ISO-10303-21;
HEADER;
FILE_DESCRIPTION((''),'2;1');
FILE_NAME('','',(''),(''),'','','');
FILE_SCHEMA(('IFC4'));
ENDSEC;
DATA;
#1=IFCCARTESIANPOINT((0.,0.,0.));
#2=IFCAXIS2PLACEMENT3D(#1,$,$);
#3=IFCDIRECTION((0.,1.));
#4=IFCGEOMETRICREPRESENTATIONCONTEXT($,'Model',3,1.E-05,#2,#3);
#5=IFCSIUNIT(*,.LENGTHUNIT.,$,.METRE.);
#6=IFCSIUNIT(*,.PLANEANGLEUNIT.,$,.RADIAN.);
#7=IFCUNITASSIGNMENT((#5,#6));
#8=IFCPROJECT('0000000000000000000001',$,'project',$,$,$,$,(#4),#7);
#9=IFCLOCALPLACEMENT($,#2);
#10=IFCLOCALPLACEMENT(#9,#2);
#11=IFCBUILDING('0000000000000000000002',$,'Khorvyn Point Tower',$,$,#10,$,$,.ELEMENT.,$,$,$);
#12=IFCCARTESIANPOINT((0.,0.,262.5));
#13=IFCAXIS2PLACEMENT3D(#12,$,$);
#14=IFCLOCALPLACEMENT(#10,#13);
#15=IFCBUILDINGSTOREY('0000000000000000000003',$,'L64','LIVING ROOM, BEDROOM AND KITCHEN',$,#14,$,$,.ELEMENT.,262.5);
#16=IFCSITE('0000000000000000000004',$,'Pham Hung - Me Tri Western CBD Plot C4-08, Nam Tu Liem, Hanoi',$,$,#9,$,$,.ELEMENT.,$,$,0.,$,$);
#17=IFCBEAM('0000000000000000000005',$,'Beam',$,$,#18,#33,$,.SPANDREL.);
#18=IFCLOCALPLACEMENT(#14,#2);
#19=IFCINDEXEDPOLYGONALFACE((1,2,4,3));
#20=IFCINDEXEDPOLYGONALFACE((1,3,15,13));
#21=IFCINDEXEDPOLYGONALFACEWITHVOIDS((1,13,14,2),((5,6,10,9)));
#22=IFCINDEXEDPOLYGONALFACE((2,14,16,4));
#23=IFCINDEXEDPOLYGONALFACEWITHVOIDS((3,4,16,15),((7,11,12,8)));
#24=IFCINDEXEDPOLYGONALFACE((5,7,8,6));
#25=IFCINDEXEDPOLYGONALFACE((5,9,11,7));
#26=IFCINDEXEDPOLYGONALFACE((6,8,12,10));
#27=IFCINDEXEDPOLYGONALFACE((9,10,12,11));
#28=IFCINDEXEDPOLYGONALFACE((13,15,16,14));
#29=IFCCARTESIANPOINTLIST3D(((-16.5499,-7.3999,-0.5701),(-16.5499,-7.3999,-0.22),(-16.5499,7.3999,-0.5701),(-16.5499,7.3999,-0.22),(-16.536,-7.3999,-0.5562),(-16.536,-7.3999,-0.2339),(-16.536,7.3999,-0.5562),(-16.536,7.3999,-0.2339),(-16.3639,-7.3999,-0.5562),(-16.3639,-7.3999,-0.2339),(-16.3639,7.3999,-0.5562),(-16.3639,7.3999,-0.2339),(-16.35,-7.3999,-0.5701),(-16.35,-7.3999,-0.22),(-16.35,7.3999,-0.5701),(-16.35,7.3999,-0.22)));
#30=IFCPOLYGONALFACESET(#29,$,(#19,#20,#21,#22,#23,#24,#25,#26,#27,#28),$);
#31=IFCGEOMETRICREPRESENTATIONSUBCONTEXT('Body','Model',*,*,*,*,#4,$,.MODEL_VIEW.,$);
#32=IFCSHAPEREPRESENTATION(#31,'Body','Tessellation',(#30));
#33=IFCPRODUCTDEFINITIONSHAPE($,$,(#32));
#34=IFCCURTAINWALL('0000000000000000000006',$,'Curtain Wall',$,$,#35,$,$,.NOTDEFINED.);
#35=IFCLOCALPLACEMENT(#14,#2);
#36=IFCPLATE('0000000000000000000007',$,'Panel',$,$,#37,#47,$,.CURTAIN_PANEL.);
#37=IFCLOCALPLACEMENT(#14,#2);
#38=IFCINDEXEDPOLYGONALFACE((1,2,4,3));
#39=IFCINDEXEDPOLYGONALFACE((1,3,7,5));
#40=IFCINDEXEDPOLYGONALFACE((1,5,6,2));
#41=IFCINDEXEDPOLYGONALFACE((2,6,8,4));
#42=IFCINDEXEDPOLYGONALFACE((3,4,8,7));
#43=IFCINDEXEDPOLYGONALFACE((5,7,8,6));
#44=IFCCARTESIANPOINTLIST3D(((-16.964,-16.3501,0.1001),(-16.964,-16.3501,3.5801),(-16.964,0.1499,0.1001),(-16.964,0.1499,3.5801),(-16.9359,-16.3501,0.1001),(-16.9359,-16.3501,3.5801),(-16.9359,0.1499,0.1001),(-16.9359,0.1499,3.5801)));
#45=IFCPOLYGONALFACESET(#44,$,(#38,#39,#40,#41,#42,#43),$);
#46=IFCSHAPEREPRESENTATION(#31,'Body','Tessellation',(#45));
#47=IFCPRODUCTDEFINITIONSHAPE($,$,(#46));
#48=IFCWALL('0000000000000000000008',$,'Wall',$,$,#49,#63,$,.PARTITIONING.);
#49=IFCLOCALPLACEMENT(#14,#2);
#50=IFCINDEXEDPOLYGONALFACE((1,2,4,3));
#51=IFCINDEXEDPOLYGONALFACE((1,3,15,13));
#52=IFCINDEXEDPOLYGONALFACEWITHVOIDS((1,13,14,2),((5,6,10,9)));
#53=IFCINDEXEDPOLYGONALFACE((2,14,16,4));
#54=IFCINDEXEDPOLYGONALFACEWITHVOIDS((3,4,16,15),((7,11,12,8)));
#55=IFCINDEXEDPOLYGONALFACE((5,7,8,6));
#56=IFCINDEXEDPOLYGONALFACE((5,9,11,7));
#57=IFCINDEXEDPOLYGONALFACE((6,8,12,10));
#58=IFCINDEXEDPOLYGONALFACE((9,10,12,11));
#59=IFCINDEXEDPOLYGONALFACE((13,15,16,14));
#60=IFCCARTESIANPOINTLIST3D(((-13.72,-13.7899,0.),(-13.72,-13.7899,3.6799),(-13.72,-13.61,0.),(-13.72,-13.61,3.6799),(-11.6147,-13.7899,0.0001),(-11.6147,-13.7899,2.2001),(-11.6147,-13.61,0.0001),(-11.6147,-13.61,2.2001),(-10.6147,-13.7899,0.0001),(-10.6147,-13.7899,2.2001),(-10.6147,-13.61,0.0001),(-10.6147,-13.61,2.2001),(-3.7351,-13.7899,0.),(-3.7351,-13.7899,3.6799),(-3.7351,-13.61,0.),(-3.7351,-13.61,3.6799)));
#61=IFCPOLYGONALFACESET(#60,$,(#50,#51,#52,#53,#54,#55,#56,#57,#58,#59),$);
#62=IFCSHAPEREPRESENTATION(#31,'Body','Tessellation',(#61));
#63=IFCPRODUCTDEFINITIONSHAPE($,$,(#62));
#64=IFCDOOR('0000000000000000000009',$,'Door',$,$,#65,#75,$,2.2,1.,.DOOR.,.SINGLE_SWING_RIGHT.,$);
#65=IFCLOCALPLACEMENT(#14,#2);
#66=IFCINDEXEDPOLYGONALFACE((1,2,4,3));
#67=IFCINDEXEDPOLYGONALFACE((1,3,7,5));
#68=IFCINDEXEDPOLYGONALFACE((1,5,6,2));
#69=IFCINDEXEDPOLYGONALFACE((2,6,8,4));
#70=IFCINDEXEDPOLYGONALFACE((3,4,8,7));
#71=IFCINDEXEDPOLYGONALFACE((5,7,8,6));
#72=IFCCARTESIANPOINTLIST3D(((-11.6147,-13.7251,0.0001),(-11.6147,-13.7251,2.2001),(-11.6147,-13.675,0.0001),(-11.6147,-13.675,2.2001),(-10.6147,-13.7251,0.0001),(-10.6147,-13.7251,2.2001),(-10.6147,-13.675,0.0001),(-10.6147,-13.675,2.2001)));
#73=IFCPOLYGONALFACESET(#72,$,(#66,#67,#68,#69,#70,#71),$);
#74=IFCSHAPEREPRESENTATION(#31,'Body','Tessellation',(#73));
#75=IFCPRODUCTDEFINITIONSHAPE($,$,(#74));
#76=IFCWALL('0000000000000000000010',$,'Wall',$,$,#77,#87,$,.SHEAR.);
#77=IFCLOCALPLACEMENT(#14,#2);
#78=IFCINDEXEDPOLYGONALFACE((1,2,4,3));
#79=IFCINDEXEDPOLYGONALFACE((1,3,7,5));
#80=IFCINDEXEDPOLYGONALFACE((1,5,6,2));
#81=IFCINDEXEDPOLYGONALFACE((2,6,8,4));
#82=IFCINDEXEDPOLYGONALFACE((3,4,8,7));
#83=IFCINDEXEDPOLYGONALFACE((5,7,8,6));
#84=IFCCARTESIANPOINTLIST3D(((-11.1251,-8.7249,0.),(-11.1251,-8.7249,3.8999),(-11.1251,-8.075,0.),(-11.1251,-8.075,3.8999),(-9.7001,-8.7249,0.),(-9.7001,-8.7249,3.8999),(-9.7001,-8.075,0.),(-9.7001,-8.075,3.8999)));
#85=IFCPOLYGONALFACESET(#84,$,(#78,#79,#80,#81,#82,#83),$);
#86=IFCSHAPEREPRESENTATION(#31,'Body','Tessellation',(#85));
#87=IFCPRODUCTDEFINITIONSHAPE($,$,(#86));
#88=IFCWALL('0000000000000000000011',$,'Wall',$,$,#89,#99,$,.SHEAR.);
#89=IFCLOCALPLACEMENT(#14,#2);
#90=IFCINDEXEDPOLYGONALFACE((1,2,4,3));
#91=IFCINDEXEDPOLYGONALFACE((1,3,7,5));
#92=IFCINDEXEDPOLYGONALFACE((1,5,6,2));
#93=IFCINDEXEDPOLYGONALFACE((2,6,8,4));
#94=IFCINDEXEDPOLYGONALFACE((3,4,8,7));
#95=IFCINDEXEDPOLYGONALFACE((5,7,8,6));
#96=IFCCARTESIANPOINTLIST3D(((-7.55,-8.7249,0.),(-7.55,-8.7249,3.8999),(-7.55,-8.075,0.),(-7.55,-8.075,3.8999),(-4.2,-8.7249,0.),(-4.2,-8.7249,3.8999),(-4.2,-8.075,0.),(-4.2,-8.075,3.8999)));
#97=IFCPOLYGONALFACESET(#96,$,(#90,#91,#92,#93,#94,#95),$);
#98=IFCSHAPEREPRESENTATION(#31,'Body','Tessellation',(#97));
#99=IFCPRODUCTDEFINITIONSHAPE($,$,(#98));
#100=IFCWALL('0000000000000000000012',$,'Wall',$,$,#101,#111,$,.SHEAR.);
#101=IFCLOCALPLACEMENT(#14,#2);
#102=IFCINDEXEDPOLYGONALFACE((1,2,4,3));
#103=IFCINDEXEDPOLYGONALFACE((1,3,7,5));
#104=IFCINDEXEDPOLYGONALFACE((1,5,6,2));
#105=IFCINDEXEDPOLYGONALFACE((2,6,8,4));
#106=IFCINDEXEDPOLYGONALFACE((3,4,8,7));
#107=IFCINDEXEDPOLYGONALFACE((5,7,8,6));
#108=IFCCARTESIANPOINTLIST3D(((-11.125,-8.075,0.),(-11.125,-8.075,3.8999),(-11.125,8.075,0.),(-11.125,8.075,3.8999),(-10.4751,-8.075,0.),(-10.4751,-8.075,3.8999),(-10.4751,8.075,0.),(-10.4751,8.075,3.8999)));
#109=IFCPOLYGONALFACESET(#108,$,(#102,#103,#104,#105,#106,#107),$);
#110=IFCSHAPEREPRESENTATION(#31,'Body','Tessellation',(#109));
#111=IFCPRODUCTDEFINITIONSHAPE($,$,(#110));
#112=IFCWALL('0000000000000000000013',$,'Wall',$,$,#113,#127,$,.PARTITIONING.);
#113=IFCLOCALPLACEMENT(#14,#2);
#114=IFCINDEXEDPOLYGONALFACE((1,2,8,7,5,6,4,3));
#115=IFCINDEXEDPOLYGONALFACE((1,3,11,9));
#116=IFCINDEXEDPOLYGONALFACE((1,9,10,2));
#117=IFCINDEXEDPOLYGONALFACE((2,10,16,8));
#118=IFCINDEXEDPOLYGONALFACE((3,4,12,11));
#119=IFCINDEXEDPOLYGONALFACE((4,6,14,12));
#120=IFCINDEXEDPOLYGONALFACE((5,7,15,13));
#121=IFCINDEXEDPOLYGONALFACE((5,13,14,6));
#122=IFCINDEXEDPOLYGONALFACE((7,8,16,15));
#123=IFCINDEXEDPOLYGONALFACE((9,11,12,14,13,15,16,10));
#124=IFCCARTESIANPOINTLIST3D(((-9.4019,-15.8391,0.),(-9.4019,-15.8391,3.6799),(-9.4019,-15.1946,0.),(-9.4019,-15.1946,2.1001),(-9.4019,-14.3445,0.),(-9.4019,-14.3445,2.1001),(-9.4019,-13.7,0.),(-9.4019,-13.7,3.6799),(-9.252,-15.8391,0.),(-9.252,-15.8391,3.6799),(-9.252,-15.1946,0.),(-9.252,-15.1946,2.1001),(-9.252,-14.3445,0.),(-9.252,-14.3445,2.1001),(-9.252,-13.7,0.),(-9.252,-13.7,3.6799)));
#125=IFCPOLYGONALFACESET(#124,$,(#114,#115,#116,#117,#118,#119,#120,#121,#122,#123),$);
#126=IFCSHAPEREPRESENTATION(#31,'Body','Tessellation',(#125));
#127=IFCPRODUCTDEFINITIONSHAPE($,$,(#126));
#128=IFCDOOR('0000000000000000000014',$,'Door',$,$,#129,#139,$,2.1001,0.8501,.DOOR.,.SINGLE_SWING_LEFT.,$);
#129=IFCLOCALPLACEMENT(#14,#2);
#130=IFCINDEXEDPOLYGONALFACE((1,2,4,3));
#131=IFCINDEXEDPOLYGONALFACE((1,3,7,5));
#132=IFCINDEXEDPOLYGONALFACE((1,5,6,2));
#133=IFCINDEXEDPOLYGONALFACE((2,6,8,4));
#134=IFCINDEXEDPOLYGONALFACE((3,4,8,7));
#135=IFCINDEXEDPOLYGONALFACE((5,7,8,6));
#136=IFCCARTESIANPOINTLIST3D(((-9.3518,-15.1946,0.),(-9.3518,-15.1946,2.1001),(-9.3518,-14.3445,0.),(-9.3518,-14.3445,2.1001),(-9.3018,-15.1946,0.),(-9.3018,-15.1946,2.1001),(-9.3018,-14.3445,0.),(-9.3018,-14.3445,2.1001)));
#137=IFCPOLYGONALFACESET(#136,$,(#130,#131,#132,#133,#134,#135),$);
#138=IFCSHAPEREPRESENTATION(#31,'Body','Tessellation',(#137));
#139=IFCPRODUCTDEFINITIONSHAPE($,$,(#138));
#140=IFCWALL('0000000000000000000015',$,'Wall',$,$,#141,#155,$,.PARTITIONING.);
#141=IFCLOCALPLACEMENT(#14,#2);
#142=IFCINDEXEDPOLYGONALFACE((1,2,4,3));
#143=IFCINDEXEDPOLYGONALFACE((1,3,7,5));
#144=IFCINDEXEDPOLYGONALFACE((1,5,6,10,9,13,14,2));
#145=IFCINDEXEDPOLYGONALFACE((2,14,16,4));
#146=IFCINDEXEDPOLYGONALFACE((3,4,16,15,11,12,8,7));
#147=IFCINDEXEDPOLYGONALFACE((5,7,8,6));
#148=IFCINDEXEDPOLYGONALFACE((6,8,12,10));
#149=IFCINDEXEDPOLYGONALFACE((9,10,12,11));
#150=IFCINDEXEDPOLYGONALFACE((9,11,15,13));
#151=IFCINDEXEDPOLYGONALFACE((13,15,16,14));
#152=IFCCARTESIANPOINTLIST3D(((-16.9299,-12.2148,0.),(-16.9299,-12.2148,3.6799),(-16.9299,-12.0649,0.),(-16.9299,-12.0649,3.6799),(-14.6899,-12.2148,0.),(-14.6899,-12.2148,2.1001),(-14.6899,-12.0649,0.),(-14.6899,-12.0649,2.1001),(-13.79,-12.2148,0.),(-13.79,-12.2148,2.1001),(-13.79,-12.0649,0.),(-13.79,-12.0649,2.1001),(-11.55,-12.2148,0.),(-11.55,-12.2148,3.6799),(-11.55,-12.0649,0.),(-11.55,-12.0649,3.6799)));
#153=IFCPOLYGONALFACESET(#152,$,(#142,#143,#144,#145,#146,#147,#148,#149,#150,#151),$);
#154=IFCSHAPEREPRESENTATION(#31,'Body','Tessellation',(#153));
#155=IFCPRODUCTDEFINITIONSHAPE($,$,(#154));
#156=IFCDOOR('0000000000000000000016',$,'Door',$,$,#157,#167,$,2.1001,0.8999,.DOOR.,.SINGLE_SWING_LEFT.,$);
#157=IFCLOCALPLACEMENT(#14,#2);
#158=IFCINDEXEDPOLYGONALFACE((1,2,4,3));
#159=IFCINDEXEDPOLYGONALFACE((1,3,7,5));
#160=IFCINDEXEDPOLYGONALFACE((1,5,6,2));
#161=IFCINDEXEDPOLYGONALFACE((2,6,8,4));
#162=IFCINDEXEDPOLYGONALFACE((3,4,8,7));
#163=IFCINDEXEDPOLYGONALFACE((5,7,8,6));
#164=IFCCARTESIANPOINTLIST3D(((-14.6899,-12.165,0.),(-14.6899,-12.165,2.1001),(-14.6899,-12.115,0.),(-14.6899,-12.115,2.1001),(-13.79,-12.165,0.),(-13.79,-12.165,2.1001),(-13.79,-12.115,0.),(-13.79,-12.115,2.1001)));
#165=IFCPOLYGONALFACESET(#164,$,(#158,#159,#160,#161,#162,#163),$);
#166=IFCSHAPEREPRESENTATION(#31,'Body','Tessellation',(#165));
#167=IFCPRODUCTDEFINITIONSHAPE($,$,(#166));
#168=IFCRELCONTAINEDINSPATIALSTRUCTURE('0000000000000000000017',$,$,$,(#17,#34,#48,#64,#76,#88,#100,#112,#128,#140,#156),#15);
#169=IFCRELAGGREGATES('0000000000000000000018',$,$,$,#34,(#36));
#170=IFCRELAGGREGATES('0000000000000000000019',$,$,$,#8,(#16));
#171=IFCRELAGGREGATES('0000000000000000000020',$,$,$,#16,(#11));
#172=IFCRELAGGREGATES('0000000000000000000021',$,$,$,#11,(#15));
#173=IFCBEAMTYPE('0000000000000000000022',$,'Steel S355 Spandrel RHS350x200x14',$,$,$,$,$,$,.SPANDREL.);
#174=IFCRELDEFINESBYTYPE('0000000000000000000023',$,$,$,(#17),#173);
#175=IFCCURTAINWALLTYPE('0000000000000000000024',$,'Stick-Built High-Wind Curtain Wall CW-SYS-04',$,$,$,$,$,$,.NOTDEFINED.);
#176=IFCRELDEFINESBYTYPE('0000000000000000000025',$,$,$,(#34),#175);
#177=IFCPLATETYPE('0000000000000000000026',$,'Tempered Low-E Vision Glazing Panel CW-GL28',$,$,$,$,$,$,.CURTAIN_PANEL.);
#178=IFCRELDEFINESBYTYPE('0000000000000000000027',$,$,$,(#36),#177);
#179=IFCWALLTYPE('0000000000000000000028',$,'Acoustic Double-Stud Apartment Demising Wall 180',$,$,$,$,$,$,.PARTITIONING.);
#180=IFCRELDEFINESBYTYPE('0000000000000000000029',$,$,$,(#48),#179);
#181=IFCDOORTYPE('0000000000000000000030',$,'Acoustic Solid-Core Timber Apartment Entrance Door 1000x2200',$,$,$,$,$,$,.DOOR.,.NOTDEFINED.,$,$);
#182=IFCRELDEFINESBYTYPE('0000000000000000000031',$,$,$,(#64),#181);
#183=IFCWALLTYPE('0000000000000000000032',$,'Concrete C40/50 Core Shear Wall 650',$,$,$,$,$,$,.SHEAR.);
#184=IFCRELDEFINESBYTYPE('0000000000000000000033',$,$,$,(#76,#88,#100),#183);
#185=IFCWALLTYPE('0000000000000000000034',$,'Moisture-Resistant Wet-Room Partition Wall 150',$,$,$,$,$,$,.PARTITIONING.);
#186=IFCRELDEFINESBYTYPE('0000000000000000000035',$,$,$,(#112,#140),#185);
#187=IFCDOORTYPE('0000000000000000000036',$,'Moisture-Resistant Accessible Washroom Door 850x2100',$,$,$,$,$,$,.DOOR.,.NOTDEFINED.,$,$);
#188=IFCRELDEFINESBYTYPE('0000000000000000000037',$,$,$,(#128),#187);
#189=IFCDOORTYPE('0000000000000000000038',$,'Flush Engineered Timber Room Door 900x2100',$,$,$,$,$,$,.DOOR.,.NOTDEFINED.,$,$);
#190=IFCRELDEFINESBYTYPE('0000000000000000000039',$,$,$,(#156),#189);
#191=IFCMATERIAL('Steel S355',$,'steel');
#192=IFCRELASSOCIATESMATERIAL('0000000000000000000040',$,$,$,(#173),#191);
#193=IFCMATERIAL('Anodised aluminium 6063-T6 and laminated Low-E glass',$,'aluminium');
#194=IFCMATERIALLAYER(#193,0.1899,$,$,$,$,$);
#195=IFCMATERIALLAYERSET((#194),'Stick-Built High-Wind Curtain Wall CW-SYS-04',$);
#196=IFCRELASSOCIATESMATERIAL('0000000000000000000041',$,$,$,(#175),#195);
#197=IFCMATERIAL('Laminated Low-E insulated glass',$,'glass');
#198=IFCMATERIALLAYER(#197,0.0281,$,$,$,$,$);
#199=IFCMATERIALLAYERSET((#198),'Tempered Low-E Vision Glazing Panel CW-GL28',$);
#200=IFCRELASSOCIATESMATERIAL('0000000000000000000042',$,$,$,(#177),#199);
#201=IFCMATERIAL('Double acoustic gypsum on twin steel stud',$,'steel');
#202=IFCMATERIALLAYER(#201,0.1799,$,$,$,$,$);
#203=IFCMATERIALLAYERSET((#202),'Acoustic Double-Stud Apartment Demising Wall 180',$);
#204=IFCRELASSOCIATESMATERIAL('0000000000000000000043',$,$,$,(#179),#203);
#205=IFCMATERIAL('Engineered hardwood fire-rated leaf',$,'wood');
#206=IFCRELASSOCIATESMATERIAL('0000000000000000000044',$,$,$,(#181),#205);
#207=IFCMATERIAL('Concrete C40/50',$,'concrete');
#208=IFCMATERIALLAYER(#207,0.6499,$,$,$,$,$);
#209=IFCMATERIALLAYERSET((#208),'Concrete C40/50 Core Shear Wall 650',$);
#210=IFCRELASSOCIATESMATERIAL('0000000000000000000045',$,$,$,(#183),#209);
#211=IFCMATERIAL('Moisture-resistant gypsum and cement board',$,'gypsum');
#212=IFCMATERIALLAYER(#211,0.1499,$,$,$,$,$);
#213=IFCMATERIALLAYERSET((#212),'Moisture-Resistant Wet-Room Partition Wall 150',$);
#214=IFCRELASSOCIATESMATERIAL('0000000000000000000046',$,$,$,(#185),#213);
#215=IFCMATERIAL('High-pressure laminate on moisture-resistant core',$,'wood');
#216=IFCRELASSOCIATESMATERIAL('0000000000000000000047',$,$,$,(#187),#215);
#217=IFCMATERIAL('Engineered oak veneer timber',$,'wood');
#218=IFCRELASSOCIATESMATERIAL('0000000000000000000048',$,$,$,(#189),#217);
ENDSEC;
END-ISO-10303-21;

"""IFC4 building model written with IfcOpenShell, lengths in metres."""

from ifc_helpers import new_model, si_unit, direction, frame, frame_2d, origin, origin_2d, place, context, subcontext, project, spatial, rectangle, hollow_rectangle, extrude, material, layer, layer_set, material_profile, profile_set, type_object, element, fill, aggregate, save


model = new_model("IFC4")

# Units and contexts
model_context = context("Model", 3, precision=1e-05, world=origin(), true_north=direction((0.0, 1.0)))
body_context = subcontext(model_context, "Body", "Model", "MODEL_VIEW")
ifc_project = project(units=[si_unit("LENGTHUNIT", "METRE"), si_unit("PLANEANGLEUNIT", "RADIAN")], contexts=[model_context])

# Site, building, storey
site_placement = place(None, origin())
site = spatial("IfcSite", under=ifc_project, at=site_placement, Name="Pham Hung - Me Tri Western CBD Plot C4-08, Nam Tu Liem, Hanoi", CompositionType="ELEMENT", RefElevation=0.0)
building_placement = place(site_placement, origin())
building = spatial("IfcBuilding", under=site, at=building_placement, Name="Khorvyn Point Tower", CompositionType="ELEMENT")
storey_placement = place(building_placement, frame((0.0, 0.0, 262.5)))
storey = spatial("IfcBuildingStorey", under=building, at=storey_placement, Name="L64", Description="LIVING ROOM, BEDROOM AND KITCHEN", CompositionType="ELEMENT", Elevation=262.5)

# Shared definitions
ifc_material_1 = material(Name="Concrete C40/50", Category="concrete")
ifc_material_2 = material(Name="Steel S355", Category="steel")

# Beam
ifc_material_profile_1 = material_profile(ifc_material_2, hollow_rectangle(XDim=0.2, YDim=0.3501, WallThickness=0.0139, at=origin_2d()))
ifc_profile_set_1 = profile_set([ifc_material_profile_1], Name="Steel S355 RHS350x200x14")
beam_type_1 = type_object("IfcBeamType", Name="Steel S355 Spandrel RHS350x200x14", PredefinedType="SPANDREL", material=ifc_profile_set_1)
beam_1_placement = place(storey_placement, frame((-16.45, -7.3999, -0.395), z_axis=(0.0, 1.0, 0.0), x_axis=(-1.0, 0.0, 0.0)))
element("IfcBeam", 1, at=beam_1_placement, inside=storey, type_object=beam_type_1, Name="Beam", PredefinedType="SPANDREL", context=body_context, shape_type="SweptSolid", body=[
    extrude(hollow_rectangle(XDim=0.2, YDim=0.3501, WallThickness=0.0139, at=origin_2d()), origin(), (0.0, 0.0, 1.0), 14.7998),
])

# Curtain wall, plate
ifc_material_3 = material(Name="Anodised aluminium 6063-T6 and laminated Low-E glass", Category="aluminium")
ifc_layer_1 = layer(ifc_material_3, 0.1899)
ifc_layer_set_1 = layer_set([ifc_layer_1], Name="Stick-Built High-Wind Curtain Wall CW-SYS-04")
curtain_wall_type = type_object("IfcCurtainWallType", Name="Stick-Built High-Wind Curtain Wall CW-SYS-04", PredefinedType="NOTDEFINED", material=ifc_layer_set_1)
curtain_wall_placement = place(storey_placement, origin())
curtain_wall = element("IfcCurtainWall", 2, at=curtain_wall_placement, inside=storey, type_object=curtain_wall_type, Name="Curtain Wall", PredefinedType="NOTDEFINED")
ifc_material_4 = material(Name="Laminated Low-E insulated glass", Category="glass")
ifc_layer_2 = layer(ifc_material_4, 0.0281)
ifc_layer_set_2 = layer_set([ifc_layer_2], Name="Tempered Low-E Vision Glazing Panel CW-GL28")
plate_type = type_object("IfcPlateType", Name="Tempered Low-E Vision Glazing Panel CW-GL28", PredefinedType="CURTAIN_PANEL", material=ifc_layer_set_2)
plate_placement = place(storey_placement, frame((-16.95, -8.1001, 0.1001), z_axis=(0.0, 0.0, 1.0), x_axis=(0.0, 1.0, 0.0)))
plate = element("IfcPlate", 3, at=plate_placement, type_object=plate_type, Name="Panel", PredefinedType="CURTAIN_PANEL", context=body_context, shape_type="SweptSolid", body=[
    extrude(rectangle(XDim=16.5, YDim=0.0281, at=origin_2d()), origin(), (0.0, 0.0, 1.0), 3.48),
])
aggregate(curtain_wall, [plate])

# Wall, opening, door
ifc_material_5 = material(Name="Double acoustic gypsum on twin steel stud", Category="steel")
ifc_layer_3 = layer(ifc_material_5, 0.1799)
ifc_layer_set_3 = layer_set([ifc_layer_3], Name="Acoustic Double-Stud Apartment Demising Wall 180")
wall_type_1 = type_object("IfcWallType", Name="Acoustic Double-Stud Apartment Demising Wall 180", PredefinedType="PARTITIONING", material=ifc_layer_set_3)
wall_1_placement = place(storey_placement, frame((-13.72, -13.7, 0.0), z_axis=(0.0, 0.0, 1.0), x_axis=(1.0, 0.0, 0.0)))
wall_1 = element("IfcWall", 4, at=wall_1_placement, inside=storey, type_object=wall_type_1, Name="Wall", PredefinedType="PARTITIONING", context=body_context, shape_type="SweptSolid", body=[
    extrude(rectangle(XDim=9.9849, YDim=0.1799, at=frame_2d((4.9924, 0.0))), origin(), (0.0, 0.0, 1.0), 3.6799),
])
opening_1_placement = place(wall_1_placement, frame((2.1052, 0.0, 0.0)))
opening_1 = element("IfcOpeningElement", 5, at=opening_1_placement, cuts=wall_1, PredefinedType="OPENING", context=body_context, shape_type="SweptSolid", body=[
    extrude(rectangle(XDim=1.0, YDim=2.2, at=frame_2d((0.5, 1.1001))), frame((0.0, 0.0999, 0.0), z_axis=(0.0, -1.0, 0.0), x_axis=(1.0, 0.0, 0.0)), (0.0, 0.0, 1.0), 0.2),
])
ifc_material_6 = material(Name="Engineered hardwood fire-rated leaf", Category="wood")
door_type_1 = type_object("IfcDoorType", Name="Acoustic Solid-Core Timber Apartment Entrance Door 1000x2200", OperationType="NOTDEFINED", PredefinedType="DOOR", material=ifc_material_6)
door_1_placement = place(opening_1_placement, origin())
door_1 = element("IfcDoor", 6, at=door_1_placement, inside=storey, type_object=door_type_1, Name="Door", OperationType="SINGLE_SWING_RIGHT", OverallHeight=2.2, OverallWidth=1.0, PredefinedType="DOOR", context=body_context, shape_type="SweptSolid", body=[
    extrude(rectangle(XDim=1.0, YDim=2.2, at=frame_2d((0.5, 1.1001))), frame((0.0, 0.0249, 0.0), z_axis=(0.0, -1.0, 0.0), x_axis=(1.0, 0.0, 0.0)), (0.0, 0.0, 1.0), 0.05),
])
fill(opening_1, door_1)

# Walls
ifc_layer_4 = layer(ifc_material_1, 0.6499)
ifc_layer_set_4 = layer_set([ifc_layer_4], Name="Concrete C40/50 Core Shear Wall 650")
wall_type_2 = type_object("IfcWallType", Name="Concrete C40/50 Core Shear Wall 650", PredefinedType="SHEAR", material=ifc_layer_set_4)
wall_2_placement = place(storey_placement, frame((-11.125, -8.3999, 0.0), z_axis=(0.0, 0.0, 1.0), x_axis=(1.0, 0.0, 0.0)))
element("IfcWall", 7, at=wall_2_placement, inside=storey, type_object=wall_type_2, Name="Wall", PredefinedType="SHEAR", context=body_context, shape_type="SweptSolid", body=[
    extrude(rectangle(XDim=1.425, YDim=0.6499, at=frame_2d((0.7124, 0.0))), origin(), (0.0, 0.0, 1.0), 3.8999),
])
wall_3_placement = place(storey_placement, frame((-7.55, -8.3999, 0.0), z_axis=(0.0, 0.0, 1.0), x_axis=(1.0, 0.0, 0.0)))
element("IfcWall", 8, at=wall_3_placement, inside=storey, type_object=wall_type_2, Name="Wall", PredefinedType="SHEAR", context=body_context, shape_type="SweptSolid", body=[
    extrude(rectangle(XDim=3.3501, YDim=0.6499, at=frame_2d((1.675, 0.0))), origin(), (0.0, 0.0, 1.0), 3.8999),
])
wall_4_placement = place(storey_placement, frame((-10.8, -8.075, 0.0), z_axis=(0.0, 0.0, 1.0), x_axis=(0.0, 1.0, 0.0)))
element("IfcWall", 9, at=wall_4_placement, inside=storey, type_object=wall_type_2, Name="Wall", PredefinedType="SHEAR", context=body_context, shape_type="SweptSolid", body=[
    extrude(rectangle(XDim=16.1499, YDim=0.6499, at=frame_2d((8.075, 0.0))), origin(), (0.0, 0.0, 1.0), 3.8999),
])

# Walls, openings, doors
ifc_material_7 = material(Name="Moisture-resistant gypsum and cement board", Category="gypsum")
ifc_layer_5 = layer(ifc_material_7, 0.1499)
ifc_layer_set_5 = layer_set([ifc_layer_5], Name="Moisture-Resistant Wet-Room Partition Wall 150")
wall_type_3 = type_object("IfcWallType", Name="Moisture-Resistant Wet-Room Partition Wall 150", PredefinedType="PARTITIONING", material=ifc_layer_set_5)
wall_5_placement = place(storey_placement, frame((-9.3269, -15.8391, 0.0), z_axis=(0.0, 0.0, 1.0), x_axis=(0.0, 1.0, 0.0)))
wall_5 = element("IfcWall", 10, at=wall_5_placement, inside=storey, type_object=wall_type_3, Name="Wall", PredefinedType="PARTITIONING", context=body_context, shape_type="SweptSolid", body=[
    extrude(rectangle(XDim=2.1392, YDim=0.1499, at=frame_2d((1.0696, 0.0))), origin(), (0.0, 0.0, 1.0), 3.6799),
])
opening_2_placement = place(wall_5_placement, frame((0.6445, 0.0, 0.0)))
opening_2 = element("IfcOpeningElement", 11, at=opening_2_placement, cuts=wall_5, PredefinedType="OPENING", context=body_context, shape_type="SweptSolid", body=[
    extrude(rectangle(XDim=0.8501, YDim=2.1001, at=frame_2d((0.425, 1.05))), frame((0.0, 0.085, 0.0), z_axis=(0.0, -1.0, 0.0), x_axis=(1.0, 0.0, 0.0)), (0.0, 0.0, 1.0), 0.1699),
])
ifc_material_8 = material(Name="High-pressure laminate on moisture-resistant core", Category="wood")
door_type_2 = type_object("IfcDoorType", Name="Moisture-Resistant Accessible Washroom Door 850x2100", OperationType="NOTDEFINED", PredefinedType="DOOR", material=ifc_material_8)
door_2_placement = place(opening_2_placement, origin())
door_2 = element("IfcDoor", 12, at=door_2_placement, inside=storey, type_object=door_type_2, Name="Door", OperationType="SINGLE_SWING_LEFT", OverallHeight=2.1001, OverallWidth=0.8501, PredefinedType="DOOR", context=body_context, shape_type="SweptSolid", body=[
    extrude(rectangle(XDim=0.8501, YDim=2.1001, at=frame_2d((0.425, 1.05))), frame((0.0, 0.0249, 0.0), z_axis=(0.0, -1.0, 0.0), x_axis=(1.0, 0.0, 0.0)), (0.0, 0.0, 1.0), 0.05),
])
fill(opening_2, door_2)
wall_6_placement = place(storey_placement, frame((-16.9299, -12.1399, 0.0), z_axis=(0.0, 0.0, 1.0), x_axis=(1.0, 0.0, 0.0)))
wall_6 = element("IfcWall", 13, at=wall_6_placement, inside=storey, type_object=wall_type_3, Name="Wall", PredefinedType="PARTITIONING", context=body_context, shape_type="SweptSolid", body=[
    extrude(rectangle(XDim=5.3799, YDim=0.1499, at=frame_2d((2.6899, 0.0))), origin(), (0.0, 0.0, 1.0), 3.6799),
])
opening_3_placement = place(wall_6_placement, frame((2.24, 0.0, 0.0)))
opening_3 = element("IfcOpeningElement", 14, at=opening_3_placement, cuts=wall_6, PredefinedType="OPENING", context=body_context, shape_type="SweptSolid", body=[
    extrude(rectangle(XDim=0.8999, YDim=2.1001, at=frame_2d((0.45, 1.05))), frame((0.0, 0.085, 0.0), z_axis=(0.0, -1.0, 0.0), x_axis=(1.0, 0.0, 0.0)), (0.0, 0.0, 1.0), 0.1699),
])
ifc_material_9 = material(Name="Engineered oak veneer timber", Category="wood")
door_type_3 = type_object("IfcDoorType", Name="Flush Engineered Timber Room Door 900x2100", OperationType="NOTDEFINED", PredefinedType="DOOR", material=ifc_material_9)
door_3_placement = place(opening_3_placement, origin())
door_3 = element("IfcDoor", 15, at=door_3_placement, inside=storey, type_object=door_type_3, Name="Door", OperationType="SINGLE_SWING_LEFT", OverallHeight=2.1001, OverallWidth=0.8999, PredefinedType="DOOR", context=body_context, shape_type="SweptSolid", body=[
    extrude(rectangle(XDim=0.8999, YDim=2.1001, at=frame_2d((0.45, 1.05))), frame((0.0, 0.0249, 0.0), z_axis=(0.0, -1.0, 0.0), x_axis=(1.0, 0.0, 0.0)), (0.0, 0.0, 1.0), 0.05),
])
fill(opening_3, door_3)

save(model, "model.ifc")
